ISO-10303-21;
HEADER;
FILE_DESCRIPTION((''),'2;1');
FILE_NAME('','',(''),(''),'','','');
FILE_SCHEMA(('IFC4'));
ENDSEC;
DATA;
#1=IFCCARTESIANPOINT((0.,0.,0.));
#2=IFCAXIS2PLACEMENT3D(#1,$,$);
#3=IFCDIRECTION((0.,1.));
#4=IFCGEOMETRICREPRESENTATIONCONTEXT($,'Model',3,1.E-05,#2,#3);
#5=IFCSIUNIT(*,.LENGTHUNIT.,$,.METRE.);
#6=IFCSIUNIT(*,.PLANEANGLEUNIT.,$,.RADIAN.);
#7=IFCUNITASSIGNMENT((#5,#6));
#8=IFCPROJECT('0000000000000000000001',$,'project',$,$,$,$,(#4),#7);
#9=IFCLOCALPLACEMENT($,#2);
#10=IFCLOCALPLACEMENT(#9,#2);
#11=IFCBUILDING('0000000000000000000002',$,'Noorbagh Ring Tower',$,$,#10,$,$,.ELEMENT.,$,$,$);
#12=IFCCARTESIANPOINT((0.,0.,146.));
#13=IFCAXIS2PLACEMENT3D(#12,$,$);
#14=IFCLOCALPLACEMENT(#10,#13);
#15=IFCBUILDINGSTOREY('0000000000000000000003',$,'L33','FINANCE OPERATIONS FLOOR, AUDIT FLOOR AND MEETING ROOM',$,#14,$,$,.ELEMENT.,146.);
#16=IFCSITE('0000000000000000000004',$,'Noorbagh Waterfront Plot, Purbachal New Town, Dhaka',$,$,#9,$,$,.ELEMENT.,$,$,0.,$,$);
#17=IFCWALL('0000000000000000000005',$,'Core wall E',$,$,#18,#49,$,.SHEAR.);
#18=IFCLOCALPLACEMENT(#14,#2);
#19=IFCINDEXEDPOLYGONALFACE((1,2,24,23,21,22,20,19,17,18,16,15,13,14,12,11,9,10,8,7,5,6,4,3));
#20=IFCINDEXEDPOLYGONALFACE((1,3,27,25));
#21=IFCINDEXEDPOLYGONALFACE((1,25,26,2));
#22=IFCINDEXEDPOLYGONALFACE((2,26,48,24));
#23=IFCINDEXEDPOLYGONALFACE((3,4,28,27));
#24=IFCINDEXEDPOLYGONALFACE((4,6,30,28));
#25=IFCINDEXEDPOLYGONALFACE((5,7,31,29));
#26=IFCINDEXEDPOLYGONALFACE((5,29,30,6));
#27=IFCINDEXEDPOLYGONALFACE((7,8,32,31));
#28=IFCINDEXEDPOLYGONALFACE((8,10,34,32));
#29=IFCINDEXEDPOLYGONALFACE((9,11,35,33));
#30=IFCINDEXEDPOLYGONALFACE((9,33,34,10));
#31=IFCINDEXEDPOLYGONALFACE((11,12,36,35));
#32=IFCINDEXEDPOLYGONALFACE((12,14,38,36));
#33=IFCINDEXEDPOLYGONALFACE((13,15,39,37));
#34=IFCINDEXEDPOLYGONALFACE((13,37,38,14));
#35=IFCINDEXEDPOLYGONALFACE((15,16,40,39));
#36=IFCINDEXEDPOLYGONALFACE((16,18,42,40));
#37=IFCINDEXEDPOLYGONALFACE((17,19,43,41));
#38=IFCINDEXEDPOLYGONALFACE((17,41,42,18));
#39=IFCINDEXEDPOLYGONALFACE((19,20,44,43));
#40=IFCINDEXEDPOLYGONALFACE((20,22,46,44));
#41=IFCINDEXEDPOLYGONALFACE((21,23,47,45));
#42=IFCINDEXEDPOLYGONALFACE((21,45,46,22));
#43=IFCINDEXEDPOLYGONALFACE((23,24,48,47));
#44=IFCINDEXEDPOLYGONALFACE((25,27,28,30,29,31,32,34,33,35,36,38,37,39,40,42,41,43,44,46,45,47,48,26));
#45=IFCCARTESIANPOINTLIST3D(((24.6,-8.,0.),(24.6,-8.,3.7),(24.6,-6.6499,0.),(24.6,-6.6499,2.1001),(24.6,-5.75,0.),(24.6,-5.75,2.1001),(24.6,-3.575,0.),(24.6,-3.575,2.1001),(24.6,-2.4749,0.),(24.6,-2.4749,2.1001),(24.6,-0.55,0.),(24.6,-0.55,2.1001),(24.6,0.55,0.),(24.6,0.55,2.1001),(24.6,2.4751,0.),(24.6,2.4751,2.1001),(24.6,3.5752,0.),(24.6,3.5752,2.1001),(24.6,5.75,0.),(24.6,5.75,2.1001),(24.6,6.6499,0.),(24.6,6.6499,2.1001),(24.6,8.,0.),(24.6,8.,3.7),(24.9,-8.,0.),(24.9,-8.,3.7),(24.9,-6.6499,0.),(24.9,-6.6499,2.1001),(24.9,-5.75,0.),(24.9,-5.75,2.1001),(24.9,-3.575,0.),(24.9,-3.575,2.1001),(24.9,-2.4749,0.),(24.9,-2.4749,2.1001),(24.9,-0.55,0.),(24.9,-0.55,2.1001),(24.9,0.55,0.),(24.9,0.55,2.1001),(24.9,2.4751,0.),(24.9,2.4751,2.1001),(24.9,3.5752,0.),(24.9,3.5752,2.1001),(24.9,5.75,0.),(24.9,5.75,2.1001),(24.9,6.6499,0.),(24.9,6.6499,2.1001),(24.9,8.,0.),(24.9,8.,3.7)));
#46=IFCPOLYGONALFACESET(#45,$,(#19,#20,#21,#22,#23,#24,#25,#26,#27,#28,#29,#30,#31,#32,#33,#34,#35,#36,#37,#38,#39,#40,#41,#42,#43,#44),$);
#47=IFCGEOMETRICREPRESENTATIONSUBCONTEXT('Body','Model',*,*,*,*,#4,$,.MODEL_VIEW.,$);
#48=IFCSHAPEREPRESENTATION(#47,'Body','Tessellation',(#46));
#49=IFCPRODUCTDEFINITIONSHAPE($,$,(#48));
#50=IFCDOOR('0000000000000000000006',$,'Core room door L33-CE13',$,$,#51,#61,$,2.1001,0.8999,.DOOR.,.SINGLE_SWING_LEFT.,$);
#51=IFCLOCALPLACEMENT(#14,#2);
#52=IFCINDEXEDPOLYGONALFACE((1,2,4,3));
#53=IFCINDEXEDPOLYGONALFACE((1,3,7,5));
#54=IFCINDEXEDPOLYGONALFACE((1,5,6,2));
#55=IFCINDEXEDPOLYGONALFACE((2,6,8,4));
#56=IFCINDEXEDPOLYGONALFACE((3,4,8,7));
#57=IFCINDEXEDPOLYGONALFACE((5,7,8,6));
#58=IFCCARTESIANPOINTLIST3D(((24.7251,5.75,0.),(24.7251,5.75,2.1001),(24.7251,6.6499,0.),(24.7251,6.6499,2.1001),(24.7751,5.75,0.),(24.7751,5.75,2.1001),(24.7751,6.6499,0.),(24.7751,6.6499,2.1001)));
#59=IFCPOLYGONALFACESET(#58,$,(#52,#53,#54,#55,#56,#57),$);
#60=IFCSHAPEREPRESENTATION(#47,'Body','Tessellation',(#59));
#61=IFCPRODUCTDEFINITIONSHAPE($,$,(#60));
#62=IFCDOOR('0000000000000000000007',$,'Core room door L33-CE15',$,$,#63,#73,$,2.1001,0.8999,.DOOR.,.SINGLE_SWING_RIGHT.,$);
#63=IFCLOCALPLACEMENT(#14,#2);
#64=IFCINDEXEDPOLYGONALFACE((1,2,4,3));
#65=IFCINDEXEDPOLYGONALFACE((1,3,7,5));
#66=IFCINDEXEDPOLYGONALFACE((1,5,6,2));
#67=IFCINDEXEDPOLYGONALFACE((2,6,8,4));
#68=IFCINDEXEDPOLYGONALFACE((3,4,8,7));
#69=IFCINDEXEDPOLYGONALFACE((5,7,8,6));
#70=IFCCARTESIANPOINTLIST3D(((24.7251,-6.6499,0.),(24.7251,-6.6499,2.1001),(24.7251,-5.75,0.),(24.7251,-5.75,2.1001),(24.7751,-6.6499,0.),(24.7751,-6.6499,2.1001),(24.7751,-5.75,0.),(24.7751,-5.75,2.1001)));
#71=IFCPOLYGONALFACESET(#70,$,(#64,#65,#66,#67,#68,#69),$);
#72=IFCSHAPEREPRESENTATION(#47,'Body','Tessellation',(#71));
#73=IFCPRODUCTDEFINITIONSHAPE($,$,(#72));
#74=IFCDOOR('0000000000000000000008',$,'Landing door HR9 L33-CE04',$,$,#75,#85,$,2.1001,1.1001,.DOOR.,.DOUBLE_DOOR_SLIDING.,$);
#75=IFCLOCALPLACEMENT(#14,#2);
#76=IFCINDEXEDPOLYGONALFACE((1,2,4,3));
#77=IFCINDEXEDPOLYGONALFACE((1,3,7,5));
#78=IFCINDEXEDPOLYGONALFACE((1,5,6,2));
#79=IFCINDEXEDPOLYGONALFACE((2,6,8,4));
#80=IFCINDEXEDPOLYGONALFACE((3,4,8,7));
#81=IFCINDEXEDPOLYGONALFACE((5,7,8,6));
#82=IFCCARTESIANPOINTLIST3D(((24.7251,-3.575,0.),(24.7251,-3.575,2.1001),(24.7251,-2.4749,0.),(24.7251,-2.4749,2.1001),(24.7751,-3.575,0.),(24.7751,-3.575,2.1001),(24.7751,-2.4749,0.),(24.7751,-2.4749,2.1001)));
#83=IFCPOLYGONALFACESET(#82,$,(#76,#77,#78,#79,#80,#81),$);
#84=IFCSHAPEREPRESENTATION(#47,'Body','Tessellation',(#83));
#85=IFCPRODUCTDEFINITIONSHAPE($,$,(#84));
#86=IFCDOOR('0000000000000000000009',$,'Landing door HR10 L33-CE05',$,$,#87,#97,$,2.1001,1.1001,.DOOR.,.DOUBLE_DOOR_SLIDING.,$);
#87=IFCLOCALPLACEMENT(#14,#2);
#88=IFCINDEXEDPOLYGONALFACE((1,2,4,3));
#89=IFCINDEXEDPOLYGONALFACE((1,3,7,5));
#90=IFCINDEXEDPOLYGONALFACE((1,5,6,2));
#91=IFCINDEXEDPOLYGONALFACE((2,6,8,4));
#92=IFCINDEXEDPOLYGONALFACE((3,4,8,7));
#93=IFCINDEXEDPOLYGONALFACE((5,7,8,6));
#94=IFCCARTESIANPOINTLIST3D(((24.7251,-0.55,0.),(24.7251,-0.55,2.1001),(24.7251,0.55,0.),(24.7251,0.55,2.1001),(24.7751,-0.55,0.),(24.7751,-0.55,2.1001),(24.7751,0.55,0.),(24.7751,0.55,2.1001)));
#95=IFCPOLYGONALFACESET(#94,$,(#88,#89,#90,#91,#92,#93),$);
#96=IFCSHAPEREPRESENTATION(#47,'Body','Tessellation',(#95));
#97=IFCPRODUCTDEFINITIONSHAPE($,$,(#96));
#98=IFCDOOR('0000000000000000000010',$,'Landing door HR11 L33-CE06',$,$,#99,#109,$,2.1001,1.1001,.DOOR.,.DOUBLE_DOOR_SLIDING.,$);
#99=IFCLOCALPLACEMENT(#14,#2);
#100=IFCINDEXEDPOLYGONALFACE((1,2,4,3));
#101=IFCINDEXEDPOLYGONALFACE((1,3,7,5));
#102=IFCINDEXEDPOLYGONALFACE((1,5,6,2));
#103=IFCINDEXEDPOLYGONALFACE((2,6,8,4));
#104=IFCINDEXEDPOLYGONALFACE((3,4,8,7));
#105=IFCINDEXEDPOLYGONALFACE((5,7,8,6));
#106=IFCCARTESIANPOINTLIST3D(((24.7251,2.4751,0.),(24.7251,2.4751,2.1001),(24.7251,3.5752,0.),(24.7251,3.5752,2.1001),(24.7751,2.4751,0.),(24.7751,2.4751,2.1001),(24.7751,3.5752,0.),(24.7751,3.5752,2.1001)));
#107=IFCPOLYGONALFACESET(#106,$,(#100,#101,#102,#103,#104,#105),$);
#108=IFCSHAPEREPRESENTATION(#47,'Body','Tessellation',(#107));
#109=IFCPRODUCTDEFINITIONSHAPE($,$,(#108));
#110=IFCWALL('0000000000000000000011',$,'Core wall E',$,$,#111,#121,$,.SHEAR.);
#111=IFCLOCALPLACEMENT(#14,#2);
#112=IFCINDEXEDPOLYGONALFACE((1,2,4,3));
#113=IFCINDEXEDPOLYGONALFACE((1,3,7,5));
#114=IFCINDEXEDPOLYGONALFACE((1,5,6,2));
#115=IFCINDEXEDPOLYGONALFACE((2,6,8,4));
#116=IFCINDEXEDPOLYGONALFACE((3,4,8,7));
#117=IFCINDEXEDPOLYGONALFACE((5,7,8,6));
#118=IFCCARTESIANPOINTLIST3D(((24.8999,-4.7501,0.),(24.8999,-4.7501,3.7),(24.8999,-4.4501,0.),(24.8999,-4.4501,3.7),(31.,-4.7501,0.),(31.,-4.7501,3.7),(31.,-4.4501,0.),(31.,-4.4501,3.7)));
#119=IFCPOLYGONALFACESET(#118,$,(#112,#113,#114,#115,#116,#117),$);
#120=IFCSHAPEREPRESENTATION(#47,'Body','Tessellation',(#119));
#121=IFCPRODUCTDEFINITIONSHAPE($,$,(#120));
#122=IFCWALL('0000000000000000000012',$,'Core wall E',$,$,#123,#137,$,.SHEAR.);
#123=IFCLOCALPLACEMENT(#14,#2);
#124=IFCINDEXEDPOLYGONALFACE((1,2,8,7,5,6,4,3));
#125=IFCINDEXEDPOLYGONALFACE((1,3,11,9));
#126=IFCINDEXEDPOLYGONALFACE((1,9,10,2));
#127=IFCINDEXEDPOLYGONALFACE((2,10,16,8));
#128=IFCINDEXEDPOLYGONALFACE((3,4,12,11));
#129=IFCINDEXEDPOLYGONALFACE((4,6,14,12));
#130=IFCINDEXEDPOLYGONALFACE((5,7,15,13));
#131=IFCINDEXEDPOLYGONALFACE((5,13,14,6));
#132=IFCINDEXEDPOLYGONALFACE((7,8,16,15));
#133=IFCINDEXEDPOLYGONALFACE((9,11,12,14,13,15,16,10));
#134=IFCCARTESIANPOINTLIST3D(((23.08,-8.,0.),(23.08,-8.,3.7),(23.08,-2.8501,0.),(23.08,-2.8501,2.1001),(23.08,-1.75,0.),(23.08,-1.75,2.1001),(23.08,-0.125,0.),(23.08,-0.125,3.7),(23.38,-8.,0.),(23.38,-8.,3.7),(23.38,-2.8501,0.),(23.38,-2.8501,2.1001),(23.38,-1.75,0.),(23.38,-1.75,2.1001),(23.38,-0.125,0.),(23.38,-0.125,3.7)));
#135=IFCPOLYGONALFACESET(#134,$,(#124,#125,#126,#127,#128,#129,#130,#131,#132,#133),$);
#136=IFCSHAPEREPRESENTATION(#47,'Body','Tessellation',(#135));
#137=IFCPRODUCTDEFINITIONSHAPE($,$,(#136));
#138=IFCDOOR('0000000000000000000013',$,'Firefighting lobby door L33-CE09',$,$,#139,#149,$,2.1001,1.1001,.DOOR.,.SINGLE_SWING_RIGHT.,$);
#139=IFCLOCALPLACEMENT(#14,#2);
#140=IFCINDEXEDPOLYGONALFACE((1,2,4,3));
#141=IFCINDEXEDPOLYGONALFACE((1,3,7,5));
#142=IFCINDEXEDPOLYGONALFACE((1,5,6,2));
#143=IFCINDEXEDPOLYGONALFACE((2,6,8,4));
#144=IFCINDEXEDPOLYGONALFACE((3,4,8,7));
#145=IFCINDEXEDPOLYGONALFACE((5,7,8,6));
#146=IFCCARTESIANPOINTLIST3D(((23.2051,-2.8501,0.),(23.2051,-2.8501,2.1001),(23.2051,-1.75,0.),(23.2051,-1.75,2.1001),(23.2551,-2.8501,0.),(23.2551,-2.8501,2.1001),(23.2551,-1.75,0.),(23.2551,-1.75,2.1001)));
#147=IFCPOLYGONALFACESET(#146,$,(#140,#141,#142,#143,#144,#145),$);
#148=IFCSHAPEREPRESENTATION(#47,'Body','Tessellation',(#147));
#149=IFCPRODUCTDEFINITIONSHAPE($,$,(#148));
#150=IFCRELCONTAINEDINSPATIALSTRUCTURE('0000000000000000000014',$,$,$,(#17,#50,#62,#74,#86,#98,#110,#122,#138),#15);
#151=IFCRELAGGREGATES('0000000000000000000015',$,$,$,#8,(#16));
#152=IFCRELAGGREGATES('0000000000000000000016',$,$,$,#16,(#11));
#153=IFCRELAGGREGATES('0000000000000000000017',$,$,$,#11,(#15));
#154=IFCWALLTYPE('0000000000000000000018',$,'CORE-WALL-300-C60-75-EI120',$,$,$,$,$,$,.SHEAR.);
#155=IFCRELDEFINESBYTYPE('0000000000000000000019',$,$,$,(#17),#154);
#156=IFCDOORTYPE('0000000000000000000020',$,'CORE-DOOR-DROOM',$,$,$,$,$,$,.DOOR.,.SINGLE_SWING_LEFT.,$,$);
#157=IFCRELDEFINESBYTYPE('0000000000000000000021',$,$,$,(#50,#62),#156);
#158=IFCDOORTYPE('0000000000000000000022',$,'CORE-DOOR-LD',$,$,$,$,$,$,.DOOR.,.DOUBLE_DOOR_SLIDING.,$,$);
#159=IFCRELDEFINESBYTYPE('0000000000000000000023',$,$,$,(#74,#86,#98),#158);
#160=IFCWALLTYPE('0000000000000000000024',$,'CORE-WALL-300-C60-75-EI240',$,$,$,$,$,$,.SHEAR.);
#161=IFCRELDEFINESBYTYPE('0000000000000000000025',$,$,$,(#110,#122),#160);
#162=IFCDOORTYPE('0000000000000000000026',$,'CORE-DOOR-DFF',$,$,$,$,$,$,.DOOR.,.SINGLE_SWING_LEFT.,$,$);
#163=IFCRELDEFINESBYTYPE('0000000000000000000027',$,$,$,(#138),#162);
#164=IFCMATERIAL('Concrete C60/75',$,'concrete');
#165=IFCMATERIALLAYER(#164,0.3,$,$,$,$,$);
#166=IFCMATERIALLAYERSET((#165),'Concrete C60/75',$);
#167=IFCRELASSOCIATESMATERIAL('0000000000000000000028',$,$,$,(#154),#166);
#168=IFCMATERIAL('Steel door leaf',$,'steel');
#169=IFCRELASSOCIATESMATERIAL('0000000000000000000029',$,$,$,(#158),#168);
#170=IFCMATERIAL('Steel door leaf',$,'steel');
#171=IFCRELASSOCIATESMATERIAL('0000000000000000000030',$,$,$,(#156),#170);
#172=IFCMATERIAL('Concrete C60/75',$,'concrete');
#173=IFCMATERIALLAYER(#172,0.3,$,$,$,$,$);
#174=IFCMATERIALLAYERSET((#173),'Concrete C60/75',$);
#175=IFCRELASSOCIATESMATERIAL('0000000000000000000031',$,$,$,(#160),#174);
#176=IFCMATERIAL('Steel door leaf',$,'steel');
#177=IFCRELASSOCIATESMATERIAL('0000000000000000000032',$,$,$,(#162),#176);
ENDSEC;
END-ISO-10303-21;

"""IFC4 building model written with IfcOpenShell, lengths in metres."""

from ifc_helpers import new_model, si_unit, direction, frame, frame_2d, origin, place, context, subcontext, project, spatial, rectangle, extrude, material, layer, layer_set, type_object, element, fill, save


model = new_model("IFC4")

# Units and contexts
model_context = context("Model", 3, precision=1e-05, world=origin(), true_north=direction((0.0, 1.0)))
body_context = subcontext(model_context, "Body", "Model", "MODEL_VIEW")
ifc_project = project(units=[si_unit("LENGTHUNIT", "METRE"), si_unit("PLANEANGLEUNIT", "RADIAN")], contexts=[model_context])

# Site, building, storey
site_placement = place(None, origin())
site = spatial("IfcSite", under=ifc_project, at=site_placement, Name="Noorbagh Waterfront Plot, Purbachal New Town, Dhaka", CompositionType="ELEMENT", RefElevation=0.0)
building_placement = place(site_placement, origin())
building = spatial("IfcBuilding", under=site, at=building_placement, Name="Noorbagh Ring Tower", CompositionType="ELEMENT")
storey_placement = place(building_placement, frame((0.0, 0.0, 146.0)))
storey = spatial("IfcBuildingStorey", under=building, at=storey_placement, Name="L33", Description="FINANCE OPERATIONS FLOOR, AUDIT FLOOR AND MEETING ROOM", CompositionType="ELEMENT", Elevation=146.0)

# Wall, openings, doors
ifc_material_1 = material(Name="Concrete C60/75", Category="concrete")
ifc_layer_1 = layer(ifc_material_1, 0.3)
ifc_layer_set_1 = layer_set([ifc_layer_1], Name="Concrete C60/75")
wall_type_1 = type_object("IfcWallType", Name="CORE-WALL-300-C60-75-EI120", PredefinedType="SHEAR", material=ifc_layer_set_1)
ifc_material_2 = material(Name="Steel door leaf", Category="steel")
door_type_1 = type_object("IfcDoorType", Name="CORE-DOOR-LD", OperationType="DOUBLE_DOOR_SLIDING", PredefinedType="DOOR", material=ifc_material_2)
wall_1_placement = place(storey_placement, frame((24.75, -8.0, 0.0), z_axis=(0.0, 0.0, 1.0), x_axis=(0.0, 1.0, 0.0)))
wall_1 = element("IfcWall", 1, at=wall_1_placement, inside=storey, type_object=wall_type_1, Name="Core wall E", PredefinedType="SHEAR", context=body_context, shape_type="SweptSolid", body=[
    extrude(rectangle(XDim=16.0, YDim=0.3, at=frame_2d((8.0, 0.0))), origin(), (0.0, 0.0, 1.0), 3.7),
])
opening_1_placement = place(wall_1_placement, frame((4.425, 0.0, 0.0)))
opening_1 = element("IfcOpeningElement", 2, at=opening_1_placement, cuts=wall_1, PredefinedType="OPENING", context=body_context, shape_type="SweptSolid", body=[
    extrude(rectangle(XDim=1.1001, YDim=2.1001, at=frame_2d((0.55, 1.05))), frame((0.0, 0.1602, 0.0), z_axis=(0.0, -1.0, 0.0), x_axis=(1.0, 0.0, 0.0)), (0.0, 0.0, 1.0), 0.3201),
])
opening_2_placement = place(wall_1_placement, frame((7.45, 0.0, 0.0)))
opening_2 = element("IfcOpeningElement", 3, at=opening_2_placement, cuts=wall_1, PredefinedType="OPENING", context=body_context, shape_type="SweptSolid", body=[
    extrude(rectangle(XDim=1.1001, YDim=2.1001, at=frame_2d((0.55, 1.05))), frame((0.0, 0.1602, 0.0), z_axis=(0.0, -1.0, 0.0), x_axis=(1.0, 0.0, 0.0)), (0.0, 0.0, 1.0), 0.3201),
])
opening_3_placement = place(wall_1_placement, frame((10.4751, 0.0, 0.0)))
opening_3 = element("IfcOpeningElement", 4, at=opening_3_placement, cuts=wall_1, PredefinedType="OPENING", context=body_context, shape_type="SweptSolid", body=[
    extrude(rectangle(XDim=1.1001, YDim=2.1001, at=frame_2d((0.55, 1.05))), frame((0.0, 0.1602, 0.0), z_axis=(0.0, -1.0, 0.0), x_axis=(1.0, 0.0, 0.0)), (0.0, 0.0, 1.0), 0.3201),
])
opening_4_placement = place(wall_1_placement, frame((13.75, 0.0, 0.0)))
opening_4 = element("IfcOpeningElement", 5, at=opening_4_placement, cuts=wall_1, PredefinedType="OPENING", context=body_context, shape_type="SweptSolid", body=[
    extrude(rectangle(XDim=0.8999, YDim=2.1001, at=frame_2d((0.45, 1.05))), frame((0.0, 0.1602, 0.0), z_axis=(0.0, -1.0, 0.0), x_axis=(1.0, 0.0, 0.0)), (0.0, 0.0, 1.0), 0.3201),
])
opening_5_placement = place(wall_1_placement, frame((1.3501, 0.0, 0.0)))
opening_5 = element("IfcOpeningElement", 6, at=opening_5_placement, cuts=wall_1, PredefinedType="OPENING", context=body_context, shape_type="SweptSolid", body=[
    extrude(rectangle(XDim=0.8999, YDim=2.1001, at=frame_2d((0.45, 1.05))), frame((0.0, 0.1602, 0.0), z_axis=(0.0, -1.0, 0.0), x_axis=(1.0, 0.0, 0.0)), (0.0, 0.0, 1.0), 0.3201),
])
ifc_material_3 = material(Name="Steel door leaf", Category="steel")
door_type_2 = type_object("IfcDoorType", Name="CORE-DOOR-DROOM", OperationType="SINGLE_SWING_LEFT", PredefinedType="DOOR", material=ifc_material_3)
door_1_placement = place(opening_4_placement, origin())
door_1 = element("IfcDoor", 7, at=door_1_placement, inside=storey, type_object=door_type_2, Name="Core room door L33-CE13", OperationType="SINGLE_SWING_LEFT", OverallHeight=2.1001, OverallWidth=0.8999, PredefinedType="DOOR", context=body_context, shape_type="SweptSolid", body=[
    extrude(rectangle(XDim=0.8999, YDim=2.1001, at=frame_2d((0.45, 1.05))), frame((0.0, 0.0249, 0.0), z_axis=(0.0, -1.0, 0.0), x_axis=(1.0, 0.0, 0.0)), (0.0, 0.0, 1.0), 0.05),
])
fill(opening_4, door_1)
door_2_placement = place(opening_5_placement, origin())
door_2 = element("IfcDoor", 8, at=door_2_placement, inside=storey, type_object=door_type_2, Name="Core room door L33-CE15", OperationType="SINGLE_SWING_RIGHT", OverallHeight=2.1001, OverallWidth=0.8999, PredefinedType="DOOR", context=body_context, shape_type="SweptSolid", body=[
    extrude(rectangle(XDim=0.8999, YDim=2.1001, at=frame_2d((0.45, 1.05))), frame((0.0, 0.0249, 0.0), z_axis=(0.0, -1.0, 0.0), x_axis=(1.0, 0.0, 0.0)), (0.0, 0.0, 1.0), 0.05),
])
fill(opening_5, door_2)
door_3_placement = place(opening_1_placement, origin())
door_3 = element("IfcDoor", 9, at=door_3_placement, inside=storey, type_object=door_type_1, Name="Landing door HR9 L33-CE04", OperationType="DOUBLE_DOOR_SLIDING", OverallHeight=2.1001, OverallWidth=1.1001, PredefinedType="DOOR", context=body_context, shape_type="SweptSolid", body=[
    extrude(rectangle(XDim=1.1001, YDim=2.1001, at=frame_2d((0.55, 1.05))), frame((0.0, 0.0249, 0.0), z_axis=(0.0, -1.0, 0.0), x_axis=(1.0, 0.0, 0.0)), (0.0, 0.0, 1.0), 0.05),
])
fill(opening_1, door_3)
door_4_placement = place(opening_2_placement, origin())
door_4 = element("IfcDoor", 10, at=door_4_placement, inside=storey, type_object=door_type_1, Name="Landing door HR10 L33-CE05", OperationType="DOUBLE_DOOR_SLIDING", OverallHeight=2.1001, OverallWidth=1.1001, PredefinedType="DOOR", context=body_context, shape_type="SweptSolid", body=[
    extrude(rectangle(XDim=1.1001, YDim=2.1001, at=frame_2d((0.55, 1.05))), frame((0.0, 0.0249, 0.0), z_axis=(0.0, -1.0, 0.0), x_axis=(1.0, 0.0, 0.0)), (0.0, 0.0, 1.0), 0.05),
])
fill(opening_2, door_4)
door_5_placement = place(opening_3_placement, origin())
door_5 = element("IfcDoor", 11, at=door_5_placement, inside=storey, type_object=door_type_1, Name="Landing door HR11 L33-CE06", OperationType="DOUBLE_DOOR_SLIDING", OverallHeight=2.1001, OverallWidth=1.1001, PredefinedType="DOOR", context=body_context, shape_type="SweptSolid", body=[
    extrude(rectangle(XDim=1.1001, YDim=2.1001, at=frame_2d((0.55, 1.05))), frame((0.0, 0.0249, 0.0), z_axis=(0.0, -1.0, 0.0), x_axis=(1.0, 0.0, 0.0)), (0.0, 0.0, 1.0), 0.05),
])
fill(opening_3, door_5)

# Wall
ifc_material_4 = material(Name="Concrete C60/75", Category="concrete")
ifc_layer_2 = layer(ifc_material_4, 0.3)
ifc_layer_set_2 = layer_set([ifc_layer_2], Name="Concrete C60/75")
wall_type_2 = type_object("IfcWallType", Name="CORE-WALL-300-C60-75-EI240", PredefinedType="SHEAR", material=ifc_layer_set_2)
wall_2_placement = place(storey_placement, frame((24.8999, -4.6001, 0.0), z_axis=(0.0, 0.0, 1.0), x_axis=(1.0, 0.0, 0.0)))
element("IfcWall", 12, at=wall_2_placement, inside=storey, type_object=wall_type_2, Name="Core wall E", PredefinedType="SHEAR", context=body_context, shape_type="SweptSolid", body=[
    extrude(rectangle(XDim=6.1001, YDim=0.3, at=frame_2d((3.05, 0.0))), origin(), (0.0, 0.0, 1.0), 3.7),
])

# Wall, opening, door
wall_3_placement = place(storey_placement, frame((23.23, -8.0, 0.0), z_axis=(0.0, 0.0, 1.0), x_axis=(0.0, 1.0, 0.0)))
wall_3 = element("IfcWall", 13, at=wall_3_placement, inside=storey, type_object=wall_type_2, Name="Core wall E", PredefinedType="SHEAR", context=body_context, shape_type="SweptSolid", body=[
    extrude(rectangle(XDim=7.875, YDim=0.3, at=frame_2d((3.9375, 0.0))), origin(), (0.0, 0.0, 1.0), 3.7),
])
opening_6_placement = place(wall_3_placement, frame((5.1499, 0.0, 0.0)))
opening_6 = element("IfcOpeningElement", 14, at=opening_6_placement, cuts=wall_3, PredefinedType="OPENING", context=body_context, shape_type="SweptSolid", body=[
    extrude(rectangle(XDim=1.1001, YDim=2.1001, at=frame_2d((0.55, 1.05))), frame((0.0, 0.1602, 0.0), z_axis=(0.0, -1.0, 0.0), x_axis=(1.0, 0.0, 0.0)), (0.0, 0.0, 1.0), 0.3201),
])
ifc_material_5 = material(Name="Steel door leaf", Category="steel")
door_type_3 = type_object("IfcDoorType", Name="CORE-DOOR-DFF", OperationType="SINGLE_SWING_LEFT", PredefinedType="DOOR", material=ifc_material_5)
door_6_placement = place(opening_6_placement, origin())
door_6 = element("IfcDoor", 15, at=door_6_placement, inside=storey, type_object=door_type_3, Name="Firefighting lobby door L33-CE09", OperationType="SINGLE_SWING_RIGHT", OverallHeight=2.1001, OverallWidth=1.1001, PredefinedType="DOOR", context=body_context, shape_type="SweptSolid", body=[
    extrude(rectangle(XDim=1.1001, YDim=2.1001, at=frame_2d((0.55, 1.05))), frame((0.0, 0.0249, 0.0), z_axis=(0.0, -1.0, 0.0), x_axis=(1.0, 0.0, 0.0)), (0.0, 0.0, 1.0), 0.05),
])
fill(opening_6, door_6)

save(model, "model.ifc")
